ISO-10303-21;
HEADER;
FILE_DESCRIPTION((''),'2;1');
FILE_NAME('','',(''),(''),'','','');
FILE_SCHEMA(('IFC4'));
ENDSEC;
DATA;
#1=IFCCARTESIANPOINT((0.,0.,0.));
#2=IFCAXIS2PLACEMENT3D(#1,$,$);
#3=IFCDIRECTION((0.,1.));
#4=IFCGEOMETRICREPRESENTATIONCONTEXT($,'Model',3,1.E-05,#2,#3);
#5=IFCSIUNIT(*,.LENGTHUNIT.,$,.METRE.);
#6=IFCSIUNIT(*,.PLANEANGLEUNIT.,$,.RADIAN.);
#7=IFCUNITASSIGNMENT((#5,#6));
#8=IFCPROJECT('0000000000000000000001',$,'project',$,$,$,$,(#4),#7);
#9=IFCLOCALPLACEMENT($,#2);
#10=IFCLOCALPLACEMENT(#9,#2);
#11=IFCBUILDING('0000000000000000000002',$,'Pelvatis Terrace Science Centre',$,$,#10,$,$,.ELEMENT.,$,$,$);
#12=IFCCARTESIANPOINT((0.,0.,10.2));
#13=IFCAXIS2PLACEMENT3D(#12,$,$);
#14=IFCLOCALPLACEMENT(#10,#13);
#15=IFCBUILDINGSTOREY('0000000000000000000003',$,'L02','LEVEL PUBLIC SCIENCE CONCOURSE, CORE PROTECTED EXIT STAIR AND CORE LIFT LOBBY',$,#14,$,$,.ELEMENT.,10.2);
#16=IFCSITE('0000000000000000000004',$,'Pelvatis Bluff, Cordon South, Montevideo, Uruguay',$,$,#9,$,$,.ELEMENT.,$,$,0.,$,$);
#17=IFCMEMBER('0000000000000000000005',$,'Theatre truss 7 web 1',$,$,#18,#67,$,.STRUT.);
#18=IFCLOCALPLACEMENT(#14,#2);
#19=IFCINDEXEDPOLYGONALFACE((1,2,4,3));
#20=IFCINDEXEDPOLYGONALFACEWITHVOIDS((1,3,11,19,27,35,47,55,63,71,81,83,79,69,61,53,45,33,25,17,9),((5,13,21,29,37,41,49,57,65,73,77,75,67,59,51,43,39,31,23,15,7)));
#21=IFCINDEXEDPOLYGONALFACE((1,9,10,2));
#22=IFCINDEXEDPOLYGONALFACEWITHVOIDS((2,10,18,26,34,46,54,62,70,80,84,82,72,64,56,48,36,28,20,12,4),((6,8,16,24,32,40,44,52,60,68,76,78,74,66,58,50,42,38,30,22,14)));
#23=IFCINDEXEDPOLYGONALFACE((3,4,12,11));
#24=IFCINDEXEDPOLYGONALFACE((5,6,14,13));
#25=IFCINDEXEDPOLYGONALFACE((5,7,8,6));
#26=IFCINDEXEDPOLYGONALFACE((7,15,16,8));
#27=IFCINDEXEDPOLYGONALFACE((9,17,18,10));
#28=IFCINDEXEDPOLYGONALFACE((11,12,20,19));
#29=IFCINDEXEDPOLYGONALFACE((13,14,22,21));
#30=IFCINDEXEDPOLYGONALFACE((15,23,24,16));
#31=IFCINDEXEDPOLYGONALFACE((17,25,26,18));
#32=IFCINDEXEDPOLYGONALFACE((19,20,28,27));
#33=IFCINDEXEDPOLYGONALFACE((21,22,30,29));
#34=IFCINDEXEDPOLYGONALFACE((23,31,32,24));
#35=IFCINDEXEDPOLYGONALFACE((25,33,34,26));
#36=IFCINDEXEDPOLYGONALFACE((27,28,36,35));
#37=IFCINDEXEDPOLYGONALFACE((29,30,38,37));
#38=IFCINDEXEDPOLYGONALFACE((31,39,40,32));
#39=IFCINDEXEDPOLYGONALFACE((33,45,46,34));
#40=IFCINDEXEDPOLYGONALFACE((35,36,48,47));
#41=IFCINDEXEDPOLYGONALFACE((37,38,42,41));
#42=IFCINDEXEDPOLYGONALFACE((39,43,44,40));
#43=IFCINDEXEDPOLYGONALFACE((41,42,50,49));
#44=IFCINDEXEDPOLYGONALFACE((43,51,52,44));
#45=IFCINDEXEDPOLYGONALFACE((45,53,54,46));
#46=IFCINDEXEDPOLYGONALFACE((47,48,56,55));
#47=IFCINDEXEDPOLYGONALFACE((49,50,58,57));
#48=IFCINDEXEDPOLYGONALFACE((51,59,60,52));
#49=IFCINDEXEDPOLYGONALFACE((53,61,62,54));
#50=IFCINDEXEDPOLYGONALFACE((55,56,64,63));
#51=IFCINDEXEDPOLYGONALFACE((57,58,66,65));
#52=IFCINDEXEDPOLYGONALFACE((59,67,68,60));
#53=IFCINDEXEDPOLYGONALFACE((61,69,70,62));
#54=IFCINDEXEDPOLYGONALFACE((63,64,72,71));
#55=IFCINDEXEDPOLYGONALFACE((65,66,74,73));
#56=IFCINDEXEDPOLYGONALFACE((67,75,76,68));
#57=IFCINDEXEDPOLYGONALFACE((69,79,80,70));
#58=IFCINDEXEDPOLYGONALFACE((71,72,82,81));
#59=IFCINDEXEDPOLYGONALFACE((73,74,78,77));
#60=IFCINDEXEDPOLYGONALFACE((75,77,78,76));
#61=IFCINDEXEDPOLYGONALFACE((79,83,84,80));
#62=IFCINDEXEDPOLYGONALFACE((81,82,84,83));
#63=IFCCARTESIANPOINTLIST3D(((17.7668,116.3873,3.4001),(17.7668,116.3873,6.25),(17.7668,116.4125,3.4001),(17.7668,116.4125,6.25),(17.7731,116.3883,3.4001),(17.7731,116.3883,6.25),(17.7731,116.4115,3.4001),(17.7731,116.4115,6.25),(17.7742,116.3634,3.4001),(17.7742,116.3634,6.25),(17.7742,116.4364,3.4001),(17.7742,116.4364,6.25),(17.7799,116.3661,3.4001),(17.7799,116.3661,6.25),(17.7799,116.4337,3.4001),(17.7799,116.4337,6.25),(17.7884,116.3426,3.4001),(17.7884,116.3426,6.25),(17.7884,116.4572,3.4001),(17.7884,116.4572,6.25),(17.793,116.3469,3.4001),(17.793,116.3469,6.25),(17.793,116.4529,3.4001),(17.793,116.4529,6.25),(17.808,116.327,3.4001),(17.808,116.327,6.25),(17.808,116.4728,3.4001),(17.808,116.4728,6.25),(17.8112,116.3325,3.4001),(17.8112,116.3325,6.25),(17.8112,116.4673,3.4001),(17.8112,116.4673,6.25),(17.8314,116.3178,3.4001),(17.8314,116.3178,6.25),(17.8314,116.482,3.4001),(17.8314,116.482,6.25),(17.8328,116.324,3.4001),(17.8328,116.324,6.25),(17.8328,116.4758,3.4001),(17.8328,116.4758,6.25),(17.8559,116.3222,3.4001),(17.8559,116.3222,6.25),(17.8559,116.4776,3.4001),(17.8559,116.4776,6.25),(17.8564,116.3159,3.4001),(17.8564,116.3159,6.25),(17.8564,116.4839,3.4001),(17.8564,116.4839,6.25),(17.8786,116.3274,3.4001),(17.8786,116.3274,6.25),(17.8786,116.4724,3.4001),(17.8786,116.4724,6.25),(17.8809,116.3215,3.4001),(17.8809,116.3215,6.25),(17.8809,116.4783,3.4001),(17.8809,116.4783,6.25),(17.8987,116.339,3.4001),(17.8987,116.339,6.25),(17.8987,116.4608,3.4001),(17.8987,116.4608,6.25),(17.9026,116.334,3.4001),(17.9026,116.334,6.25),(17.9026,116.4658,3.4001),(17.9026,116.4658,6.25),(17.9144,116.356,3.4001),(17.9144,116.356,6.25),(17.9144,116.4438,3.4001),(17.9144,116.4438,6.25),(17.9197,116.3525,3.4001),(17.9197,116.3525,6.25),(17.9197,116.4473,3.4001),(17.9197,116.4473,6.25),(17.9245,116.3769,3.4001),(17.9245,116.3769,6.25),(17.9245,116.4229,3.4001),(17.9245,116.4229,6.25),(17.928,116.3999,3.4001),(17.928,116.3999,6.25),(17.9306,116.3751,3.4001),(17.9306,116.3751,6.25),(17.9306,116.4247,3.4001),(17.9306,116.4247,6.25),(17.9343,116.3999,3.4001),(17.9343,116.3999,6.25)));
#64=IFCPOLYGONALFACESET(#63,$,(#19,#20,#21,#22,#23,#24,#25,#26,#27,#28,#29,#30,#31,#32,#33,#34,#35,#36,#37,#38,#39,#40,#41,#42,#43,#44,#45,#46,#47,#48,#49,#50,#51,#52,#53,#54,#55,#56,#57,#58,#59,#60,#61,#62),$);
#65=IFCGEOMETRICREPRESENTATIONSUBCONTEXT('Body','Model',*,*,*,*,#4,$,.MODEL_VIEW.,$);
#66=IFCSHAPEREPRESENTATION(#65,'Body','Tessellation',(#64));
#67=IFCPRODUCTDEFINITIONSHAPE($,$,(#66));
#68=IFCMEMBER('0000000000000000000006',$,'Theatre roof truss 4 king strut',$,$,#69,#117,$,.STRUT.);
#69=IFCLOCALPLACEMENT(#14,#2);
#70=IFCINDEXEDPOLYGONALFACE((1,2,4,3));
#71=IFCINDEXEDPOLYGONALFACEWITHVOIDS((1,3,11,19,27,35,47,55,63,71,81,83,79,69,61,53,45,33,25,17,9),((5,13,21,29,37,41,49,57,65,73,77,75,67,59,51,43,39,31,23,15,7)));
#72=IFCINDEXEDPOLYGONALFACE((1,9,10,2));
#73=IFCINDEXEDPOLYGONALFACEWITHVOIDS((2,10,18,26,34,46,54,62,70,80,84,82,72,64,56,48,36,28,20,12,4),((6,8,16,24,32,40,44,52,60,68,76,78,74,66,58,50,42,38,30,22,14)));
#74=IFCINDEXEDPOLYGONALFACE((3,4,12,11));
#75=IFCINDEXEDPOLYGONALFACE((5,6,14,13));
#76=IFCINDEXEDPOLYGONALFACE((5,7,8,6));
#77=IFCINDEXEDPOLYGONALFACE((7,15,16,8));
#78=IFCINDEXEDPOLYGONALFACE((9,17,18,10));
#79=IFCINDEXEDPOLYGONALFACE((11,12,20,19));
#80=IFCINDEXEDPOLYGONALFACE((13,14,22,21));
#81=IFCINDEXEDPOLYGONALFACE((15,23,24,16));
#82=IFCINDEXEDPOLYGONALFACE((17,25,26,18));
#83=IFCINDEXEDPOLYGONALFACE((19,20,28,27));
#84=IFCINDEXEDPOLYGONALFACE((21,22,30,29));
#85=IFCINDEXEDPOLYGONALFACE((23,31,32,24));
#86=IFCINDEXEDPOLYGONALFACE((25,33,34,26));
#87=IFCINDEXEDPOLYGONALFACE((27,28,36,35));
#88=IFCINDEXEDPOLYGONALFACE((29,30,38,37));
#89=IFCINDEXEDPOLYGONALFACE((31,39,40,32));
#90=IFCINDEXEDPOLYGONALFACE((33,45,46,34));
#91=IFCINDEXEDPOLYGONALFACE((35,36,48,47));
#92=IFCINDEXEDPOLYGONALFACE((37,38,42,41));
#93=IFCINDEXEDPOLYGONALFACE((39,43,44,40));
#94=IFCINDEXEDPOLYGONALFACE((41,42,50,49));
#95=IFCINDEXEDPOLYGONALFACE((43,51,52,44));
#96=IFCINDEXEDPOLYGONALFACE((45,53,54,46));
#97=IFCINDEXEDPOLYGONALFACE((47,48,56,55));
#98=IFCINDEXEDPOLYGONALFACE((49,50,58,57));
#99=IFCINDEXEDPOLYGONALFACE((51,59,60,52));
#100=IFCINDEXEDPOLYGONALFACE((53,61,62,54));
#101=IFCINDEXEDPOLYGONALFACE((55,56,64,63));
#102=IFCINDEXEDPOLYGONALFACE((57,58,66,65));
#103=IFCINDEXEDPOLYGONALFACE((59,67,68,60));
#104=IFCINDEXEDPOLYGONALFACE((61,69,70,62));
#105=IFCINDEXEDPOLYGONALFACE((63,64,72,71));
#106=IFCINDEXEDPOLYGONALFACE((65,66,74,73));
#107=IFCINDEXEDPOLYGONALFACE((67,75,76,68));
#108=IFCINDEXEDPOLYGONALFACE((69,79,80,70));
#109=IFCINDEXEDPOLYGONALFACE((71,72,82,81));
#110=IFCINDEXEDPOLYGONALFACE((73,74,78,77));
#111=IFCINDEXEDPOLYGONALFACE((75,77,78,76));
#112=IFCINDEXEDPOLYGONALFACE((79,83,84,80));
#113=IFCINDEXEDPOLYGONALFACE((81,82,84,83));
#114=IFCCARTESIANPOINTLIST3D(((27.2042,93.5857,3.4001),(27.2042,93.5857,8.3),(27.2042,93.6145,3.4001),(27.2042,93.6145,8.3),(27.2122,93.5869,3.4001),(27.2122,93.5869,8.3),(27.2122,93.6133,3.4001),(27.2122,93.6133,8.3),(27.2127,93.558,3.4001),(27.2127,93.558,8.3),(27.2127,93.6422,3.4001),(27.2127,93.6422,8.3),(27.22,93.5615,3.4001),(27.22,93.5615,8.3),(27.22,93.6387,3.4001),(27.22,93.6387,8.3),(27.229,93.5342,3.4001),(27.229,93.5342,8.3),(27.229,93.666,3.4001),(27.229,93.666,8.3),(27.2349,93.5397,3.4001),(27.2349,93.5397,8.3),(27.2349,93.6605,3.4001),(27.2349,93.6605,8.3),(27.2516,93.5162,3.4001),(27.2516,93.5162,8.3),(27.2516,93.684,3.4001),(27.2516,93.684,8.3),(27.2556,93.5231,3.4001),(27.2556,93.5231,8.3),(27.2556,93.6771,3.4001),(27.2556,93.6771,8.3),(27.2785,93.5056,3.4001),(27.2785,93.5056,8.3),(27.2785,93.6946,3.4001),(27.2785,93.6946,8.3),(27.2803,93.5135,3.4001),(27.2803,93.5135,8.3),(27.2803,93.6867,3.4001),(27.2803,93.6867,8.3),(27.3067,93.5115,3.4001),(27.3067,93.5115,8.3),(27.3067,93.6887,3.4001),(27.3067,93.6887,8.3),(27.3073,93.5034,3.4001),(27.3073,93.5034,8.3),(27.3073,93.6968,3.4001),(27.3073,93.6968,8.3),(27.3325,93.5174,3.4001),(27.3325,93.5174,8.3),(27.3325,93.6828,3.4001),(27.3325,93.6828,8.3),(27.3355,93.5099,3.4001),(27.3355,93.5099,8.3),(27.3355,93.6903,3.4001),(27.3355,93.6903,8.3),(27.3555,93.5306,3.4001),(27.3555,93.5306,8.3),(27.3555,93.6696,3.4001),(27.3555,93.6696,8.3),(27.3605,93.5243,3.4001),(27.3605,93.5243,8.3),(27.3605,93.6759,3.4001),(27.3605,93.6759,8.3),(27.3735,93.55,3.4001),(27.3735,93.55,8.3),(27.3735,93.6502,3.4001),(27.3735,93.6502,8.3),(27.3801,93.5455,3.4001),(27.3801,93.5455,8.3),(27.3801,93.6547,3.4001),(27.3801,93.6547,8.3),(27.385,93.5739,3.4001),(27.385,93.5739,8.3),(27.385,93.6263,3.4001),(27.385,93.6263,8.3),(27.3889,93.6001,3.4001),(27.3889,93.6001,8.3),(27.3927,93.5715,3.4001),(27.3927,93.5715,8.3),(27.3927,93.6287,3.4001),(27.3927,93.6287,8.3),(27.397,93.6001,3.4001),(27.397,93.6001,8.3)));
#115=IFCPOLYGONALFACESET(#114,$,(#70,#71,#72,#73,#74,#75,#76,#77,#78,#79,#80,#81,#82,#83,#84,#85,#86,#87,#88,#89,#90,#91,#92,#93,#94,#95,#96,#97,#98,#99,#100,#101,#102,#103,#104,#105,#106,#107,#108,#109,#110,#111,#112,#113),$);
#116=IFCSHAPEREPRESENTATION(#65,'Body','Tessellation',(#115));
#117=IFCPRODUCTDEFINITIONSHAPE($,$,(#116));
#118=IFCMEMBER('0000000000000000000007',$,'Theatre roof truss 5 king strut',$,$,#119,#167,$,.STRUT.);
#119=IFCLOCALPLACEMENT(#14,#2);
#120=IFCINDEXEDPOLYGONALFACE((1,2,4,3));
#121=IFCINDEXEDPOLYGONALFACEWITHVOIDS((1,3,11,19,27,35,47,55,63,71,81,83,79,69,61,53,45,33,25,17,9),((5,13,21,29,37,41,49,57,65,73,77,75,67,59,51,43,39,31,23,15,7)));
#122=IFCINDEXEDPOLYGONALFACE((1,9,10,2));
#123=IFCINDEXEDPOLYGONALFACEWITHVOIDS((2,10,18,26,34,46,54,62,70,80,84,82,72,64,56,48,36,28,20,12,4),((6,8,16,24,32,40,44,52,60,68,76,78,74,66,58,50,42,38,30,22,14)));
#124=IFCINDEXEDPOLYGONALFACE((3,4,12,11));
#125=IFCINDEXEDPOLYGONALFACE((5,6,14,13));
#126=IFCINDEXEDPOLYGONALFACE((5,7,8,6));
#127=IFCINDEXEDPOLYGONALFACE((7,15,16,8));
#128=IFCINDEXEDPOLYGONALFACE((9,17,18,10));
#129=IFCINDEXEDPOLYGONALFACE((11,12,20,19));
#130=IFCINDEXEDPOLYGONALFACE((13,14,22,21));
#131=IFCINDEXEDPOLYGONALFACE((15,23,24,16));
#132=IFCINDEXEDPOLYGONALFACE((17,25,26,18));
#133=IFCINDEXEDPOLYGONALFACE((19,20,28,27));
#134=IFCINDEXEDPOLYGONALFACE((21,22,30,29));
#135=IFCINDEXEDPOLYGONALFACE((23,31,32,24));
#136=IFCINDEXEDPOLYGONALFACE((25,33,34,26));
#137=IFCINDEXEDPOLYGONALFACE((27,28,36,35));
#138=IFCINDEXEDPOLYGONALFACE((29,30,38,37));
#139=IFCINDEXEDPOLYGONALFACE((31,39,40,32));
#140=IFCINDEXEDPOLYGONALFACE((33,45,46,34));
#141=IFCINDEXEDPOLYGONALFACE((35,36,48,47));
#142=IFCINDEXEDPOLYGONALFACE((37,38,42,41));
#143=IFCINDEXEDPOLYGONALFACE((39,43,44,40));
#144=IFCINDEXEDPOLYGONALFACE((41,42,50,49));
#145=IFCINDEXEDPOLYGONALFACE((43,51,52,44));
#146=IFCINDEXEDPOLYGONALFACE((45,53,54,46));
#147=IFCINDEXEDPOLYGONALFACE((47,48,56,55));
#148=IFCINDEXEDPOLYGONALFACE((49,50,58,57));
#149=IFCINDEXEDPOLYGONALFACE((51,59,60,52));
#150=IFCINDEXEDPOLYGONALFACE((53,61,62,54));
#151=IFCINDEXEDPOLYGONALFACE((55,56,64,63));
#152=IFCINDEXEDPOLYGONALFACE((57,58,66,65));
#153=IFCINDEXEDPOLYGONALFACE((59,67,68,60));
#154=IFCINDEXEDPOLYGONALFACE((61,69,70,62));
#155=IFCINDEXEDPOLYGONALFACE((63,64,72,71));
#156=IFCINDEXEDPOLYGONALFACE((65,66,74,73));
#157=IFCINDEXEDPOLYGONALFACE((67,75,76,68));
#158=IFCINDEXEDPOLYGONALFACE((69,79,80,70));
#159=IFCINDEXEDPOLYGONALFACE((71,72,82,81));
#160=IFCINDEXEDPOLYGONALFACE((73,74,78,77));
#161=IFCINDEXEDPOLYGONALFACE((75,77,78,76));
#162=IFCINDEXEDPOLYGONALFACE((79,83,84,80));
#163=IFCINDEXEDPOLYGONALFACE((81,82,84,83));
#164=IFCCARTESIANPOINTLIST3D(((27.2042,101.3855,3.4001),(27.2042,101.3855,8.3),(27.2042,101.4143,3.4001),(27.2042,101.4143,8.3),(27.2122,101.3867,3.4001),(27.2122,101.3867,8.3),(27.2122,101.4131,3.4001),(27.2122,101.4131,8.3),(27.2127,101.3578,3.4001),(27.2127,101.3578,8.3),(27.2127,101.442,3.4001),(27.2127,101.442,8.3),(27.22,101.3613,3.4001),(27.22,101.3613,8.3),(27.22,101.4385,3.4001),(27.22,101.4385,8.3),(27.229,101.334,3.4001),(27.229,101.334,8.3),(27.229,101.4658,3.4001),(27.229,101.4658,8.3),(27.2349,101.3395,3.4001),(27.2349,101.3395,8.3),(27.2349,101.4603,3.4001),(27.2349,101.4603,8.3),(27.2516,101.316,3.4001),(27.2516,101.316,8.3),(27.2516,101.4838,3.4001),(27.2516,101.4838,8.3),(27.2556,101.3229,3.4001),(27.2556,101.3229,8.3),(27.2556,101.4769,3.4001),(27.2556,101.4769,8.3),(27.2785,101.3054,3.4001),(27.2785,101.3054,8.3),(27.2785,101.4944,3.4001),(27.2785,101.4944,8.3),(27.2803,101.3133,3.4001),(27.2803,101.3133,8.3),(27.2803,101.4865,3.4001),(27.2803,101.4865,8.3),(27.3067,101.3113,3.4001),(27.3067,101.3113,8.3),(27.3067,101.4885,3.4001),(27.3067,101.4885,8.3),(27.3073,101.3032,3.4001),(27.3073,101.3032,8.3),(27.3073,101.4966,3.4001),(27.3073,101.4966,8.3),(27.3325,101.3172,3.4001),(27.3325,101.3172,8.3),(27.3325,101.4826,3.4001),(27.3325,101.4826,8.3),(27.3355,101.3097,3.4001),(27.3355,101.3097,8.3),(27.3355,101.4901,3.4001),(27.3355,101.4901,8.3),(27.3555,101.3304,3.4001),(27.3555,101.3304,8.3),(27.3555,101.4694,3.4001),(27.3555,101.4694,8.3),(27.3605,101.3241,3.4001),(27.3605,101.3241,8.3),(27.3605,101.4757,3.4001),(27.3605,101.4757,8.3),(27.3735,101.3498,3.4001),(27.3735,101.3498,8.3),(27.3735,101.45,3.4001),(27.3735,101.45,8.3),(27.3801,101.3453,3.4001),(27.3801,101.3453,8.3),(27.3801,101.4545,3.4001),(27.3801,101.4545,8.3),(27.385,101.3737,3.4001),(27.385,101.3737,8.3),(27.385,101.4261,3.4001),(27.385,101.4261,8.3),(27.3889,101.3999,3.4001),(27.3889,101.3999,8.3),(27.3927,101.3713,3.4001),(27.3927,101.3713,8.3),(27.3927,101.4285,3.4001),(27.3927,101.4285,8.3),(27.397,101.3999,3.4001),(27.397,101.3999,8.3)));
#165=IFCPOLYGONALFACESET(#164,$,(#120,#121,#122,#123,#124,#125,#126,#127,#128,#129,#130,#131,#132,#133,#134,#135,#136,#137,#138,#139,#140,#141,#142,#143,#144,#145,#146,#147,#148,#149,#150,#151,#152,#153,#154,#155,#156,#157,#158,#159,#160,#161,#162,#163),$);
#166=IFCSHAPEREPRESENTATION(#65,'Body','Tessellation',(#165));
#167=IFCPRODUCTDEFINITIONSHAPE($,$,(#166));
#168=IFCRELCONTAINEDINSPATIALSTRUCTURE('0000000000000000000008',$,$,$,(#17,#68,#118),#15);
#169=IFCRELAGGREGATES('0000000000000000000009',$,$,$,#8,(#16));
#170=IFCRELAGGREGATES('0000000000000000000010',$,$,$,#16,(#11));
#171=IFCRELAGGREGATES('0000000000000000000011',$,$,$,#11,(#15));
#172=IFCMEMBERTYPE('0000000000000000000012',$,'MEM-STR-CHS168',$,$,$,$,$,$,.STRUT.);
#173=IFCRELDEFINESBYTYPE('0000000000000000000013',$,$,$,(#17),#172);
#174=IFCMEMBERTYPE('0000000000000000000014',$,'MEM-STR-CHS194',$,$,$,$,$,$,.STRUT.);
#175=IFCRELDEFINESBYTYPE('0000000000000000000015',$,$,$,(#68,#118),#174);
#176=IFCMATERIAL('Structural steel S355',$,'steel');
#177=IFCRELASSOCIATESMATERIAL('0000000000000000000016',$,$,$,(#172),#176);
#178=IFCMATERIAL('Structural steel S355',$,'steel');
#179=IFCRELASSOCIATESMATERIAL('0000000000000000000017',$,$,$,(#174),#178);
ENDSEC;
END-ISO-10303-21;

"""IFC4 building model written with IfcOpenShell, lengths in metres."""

from ifc_helpers import new_model, si_unit, direction, frame, origin, origin_2d, place, context, subcontext, project, spatial, hollow_circle, extrude, material, material_profile, profile_set, type_object, element, save


model = new_model("IFC4")

# Units and contexts
model_context = context("Model", 3, precision=1e-05, world=origin(), true_north=direction((0.0, 1.0)))
body_context = subcontext(model_context, "Body", "Model", "MODEL_VIEW")
ifc_project = project(units=[si_unit("LENGTHUNIT", "METRE"), si_unit("PLANEANGLEUNIT", "RADIAN")], contexts=[model_context])

# Site, building, storey
site_placement = place(None, origin())
site = spatial("IfcSite", under=ifc_project, at=site_placement, Name="Pelvatis Bluff, Cordon South, Montevideo, Uruguay", CompositionType="ELEMENT", RefElevation=0.0)
building_placement = place(site_placement, origin())
building = spatial("IfcBuilding", under=site, at=building_placement, Name="Pelvatis Terrace Science Centre", CompositionType="ELEMENT")
storey_placement = place(building_placement, frame((0.0, 0.0, 10.2)))
storey = spatial("IfcBuildingStorey", under=building, at=storey_placement, Name="L02", Description="LEVEL PUBLIC SCIENCE CONCOURSE, CORE PROTECTED EXIT STAIR AND CORE LIFT LOBBY", CompositionType="ELEMENT", Elevation=10.2)

# Members
ifc_material_1 = material(Name="Structural steel S355", Category="steel")
ifc_material_profile_1 = material_profile(ifc_material_1, hollow_circle(Radius=0.0842, WallThickness=0.0063, at=origin_2d()), Name="CHS 168.3x6.3")
ifc_profile_set_1 = profile_set([ifc_material_profile_1], Name="Structural steel S355")
member_type_1 = type_object("IfcMemberType", Name="MEM-STR-CHS168", PredefinedType="STRUT", material=ifc_profile_set_1)
for number, where, z_axis, x_axis, name in (
    (1, (17.8501, 116.3999, 3.4001), (0.0, 0.0, 1.0), (1.0, 0.0, 0.0), "Theatre truss 7 web 1"),
):
    element("IfcMember", number, at=place(storey_placement, frame(where, z_axis=z_axis, x_axis=x_axis)), inside=storey, type_object=member_type_1, Name=name, PredefinedType="STRUT", context=body_context, shape_type="SweptSolid", body=[
        extrude(hollow_circle(Radius=0.0842, WallThickness=0.0063, at=origin_2d()), origin(), (0.0, 0.0, 1.0), 2.8499),
    ])
ifc_material_2 = material(Name="Structural steel S355", Category="steel")
ifc_material_profile_2 = material_profile(ifc_material_2, hollow_circle(Radius=0.0969, WallThickness=0.0081, at=origin_2d()), Name="CHS 193.7x8.0")
ifc_profile_set_2 = profile_set([ifc_material_profile_2], Name="Structural steel S355")
member_type_2 = type_object("IfcMemberType", Name="MEM-STR-CHS194", PredefinedType="STRUT", material=ifc_profile_set_2)
for number, where, z_axis, x_axis, name in (
    (2, (27.3, 93.6001, 3.4001), (0.0, 0.0, 1.0), (1.0, 0.0, 0.0), "Theatre roof truss 4 king strut"),
    (3, (27.3, 101.3999, 3.4001), (0.0, 0.0, 1.0), (1.0, 0.0, 0.0), "Theatre roof truss 5 king strut"),
):
    element("IfcMember", number, at=place(storey_placement, frame(where, z_axis=z_axis, x_axis=x_axis)), inside=storey, type_object=member_type_2, Name=name, PredefinedType="STRUT", context=body_context, shape_type="SweptSolid", body=[
        extrude(hollow_circle(Radius=0.0969, WallThickness=0.0081, at=origin_2d()), origin(), (0.0, 0.0, 1.0), 4.8999),
    ])

save(model, "model.ifc")
